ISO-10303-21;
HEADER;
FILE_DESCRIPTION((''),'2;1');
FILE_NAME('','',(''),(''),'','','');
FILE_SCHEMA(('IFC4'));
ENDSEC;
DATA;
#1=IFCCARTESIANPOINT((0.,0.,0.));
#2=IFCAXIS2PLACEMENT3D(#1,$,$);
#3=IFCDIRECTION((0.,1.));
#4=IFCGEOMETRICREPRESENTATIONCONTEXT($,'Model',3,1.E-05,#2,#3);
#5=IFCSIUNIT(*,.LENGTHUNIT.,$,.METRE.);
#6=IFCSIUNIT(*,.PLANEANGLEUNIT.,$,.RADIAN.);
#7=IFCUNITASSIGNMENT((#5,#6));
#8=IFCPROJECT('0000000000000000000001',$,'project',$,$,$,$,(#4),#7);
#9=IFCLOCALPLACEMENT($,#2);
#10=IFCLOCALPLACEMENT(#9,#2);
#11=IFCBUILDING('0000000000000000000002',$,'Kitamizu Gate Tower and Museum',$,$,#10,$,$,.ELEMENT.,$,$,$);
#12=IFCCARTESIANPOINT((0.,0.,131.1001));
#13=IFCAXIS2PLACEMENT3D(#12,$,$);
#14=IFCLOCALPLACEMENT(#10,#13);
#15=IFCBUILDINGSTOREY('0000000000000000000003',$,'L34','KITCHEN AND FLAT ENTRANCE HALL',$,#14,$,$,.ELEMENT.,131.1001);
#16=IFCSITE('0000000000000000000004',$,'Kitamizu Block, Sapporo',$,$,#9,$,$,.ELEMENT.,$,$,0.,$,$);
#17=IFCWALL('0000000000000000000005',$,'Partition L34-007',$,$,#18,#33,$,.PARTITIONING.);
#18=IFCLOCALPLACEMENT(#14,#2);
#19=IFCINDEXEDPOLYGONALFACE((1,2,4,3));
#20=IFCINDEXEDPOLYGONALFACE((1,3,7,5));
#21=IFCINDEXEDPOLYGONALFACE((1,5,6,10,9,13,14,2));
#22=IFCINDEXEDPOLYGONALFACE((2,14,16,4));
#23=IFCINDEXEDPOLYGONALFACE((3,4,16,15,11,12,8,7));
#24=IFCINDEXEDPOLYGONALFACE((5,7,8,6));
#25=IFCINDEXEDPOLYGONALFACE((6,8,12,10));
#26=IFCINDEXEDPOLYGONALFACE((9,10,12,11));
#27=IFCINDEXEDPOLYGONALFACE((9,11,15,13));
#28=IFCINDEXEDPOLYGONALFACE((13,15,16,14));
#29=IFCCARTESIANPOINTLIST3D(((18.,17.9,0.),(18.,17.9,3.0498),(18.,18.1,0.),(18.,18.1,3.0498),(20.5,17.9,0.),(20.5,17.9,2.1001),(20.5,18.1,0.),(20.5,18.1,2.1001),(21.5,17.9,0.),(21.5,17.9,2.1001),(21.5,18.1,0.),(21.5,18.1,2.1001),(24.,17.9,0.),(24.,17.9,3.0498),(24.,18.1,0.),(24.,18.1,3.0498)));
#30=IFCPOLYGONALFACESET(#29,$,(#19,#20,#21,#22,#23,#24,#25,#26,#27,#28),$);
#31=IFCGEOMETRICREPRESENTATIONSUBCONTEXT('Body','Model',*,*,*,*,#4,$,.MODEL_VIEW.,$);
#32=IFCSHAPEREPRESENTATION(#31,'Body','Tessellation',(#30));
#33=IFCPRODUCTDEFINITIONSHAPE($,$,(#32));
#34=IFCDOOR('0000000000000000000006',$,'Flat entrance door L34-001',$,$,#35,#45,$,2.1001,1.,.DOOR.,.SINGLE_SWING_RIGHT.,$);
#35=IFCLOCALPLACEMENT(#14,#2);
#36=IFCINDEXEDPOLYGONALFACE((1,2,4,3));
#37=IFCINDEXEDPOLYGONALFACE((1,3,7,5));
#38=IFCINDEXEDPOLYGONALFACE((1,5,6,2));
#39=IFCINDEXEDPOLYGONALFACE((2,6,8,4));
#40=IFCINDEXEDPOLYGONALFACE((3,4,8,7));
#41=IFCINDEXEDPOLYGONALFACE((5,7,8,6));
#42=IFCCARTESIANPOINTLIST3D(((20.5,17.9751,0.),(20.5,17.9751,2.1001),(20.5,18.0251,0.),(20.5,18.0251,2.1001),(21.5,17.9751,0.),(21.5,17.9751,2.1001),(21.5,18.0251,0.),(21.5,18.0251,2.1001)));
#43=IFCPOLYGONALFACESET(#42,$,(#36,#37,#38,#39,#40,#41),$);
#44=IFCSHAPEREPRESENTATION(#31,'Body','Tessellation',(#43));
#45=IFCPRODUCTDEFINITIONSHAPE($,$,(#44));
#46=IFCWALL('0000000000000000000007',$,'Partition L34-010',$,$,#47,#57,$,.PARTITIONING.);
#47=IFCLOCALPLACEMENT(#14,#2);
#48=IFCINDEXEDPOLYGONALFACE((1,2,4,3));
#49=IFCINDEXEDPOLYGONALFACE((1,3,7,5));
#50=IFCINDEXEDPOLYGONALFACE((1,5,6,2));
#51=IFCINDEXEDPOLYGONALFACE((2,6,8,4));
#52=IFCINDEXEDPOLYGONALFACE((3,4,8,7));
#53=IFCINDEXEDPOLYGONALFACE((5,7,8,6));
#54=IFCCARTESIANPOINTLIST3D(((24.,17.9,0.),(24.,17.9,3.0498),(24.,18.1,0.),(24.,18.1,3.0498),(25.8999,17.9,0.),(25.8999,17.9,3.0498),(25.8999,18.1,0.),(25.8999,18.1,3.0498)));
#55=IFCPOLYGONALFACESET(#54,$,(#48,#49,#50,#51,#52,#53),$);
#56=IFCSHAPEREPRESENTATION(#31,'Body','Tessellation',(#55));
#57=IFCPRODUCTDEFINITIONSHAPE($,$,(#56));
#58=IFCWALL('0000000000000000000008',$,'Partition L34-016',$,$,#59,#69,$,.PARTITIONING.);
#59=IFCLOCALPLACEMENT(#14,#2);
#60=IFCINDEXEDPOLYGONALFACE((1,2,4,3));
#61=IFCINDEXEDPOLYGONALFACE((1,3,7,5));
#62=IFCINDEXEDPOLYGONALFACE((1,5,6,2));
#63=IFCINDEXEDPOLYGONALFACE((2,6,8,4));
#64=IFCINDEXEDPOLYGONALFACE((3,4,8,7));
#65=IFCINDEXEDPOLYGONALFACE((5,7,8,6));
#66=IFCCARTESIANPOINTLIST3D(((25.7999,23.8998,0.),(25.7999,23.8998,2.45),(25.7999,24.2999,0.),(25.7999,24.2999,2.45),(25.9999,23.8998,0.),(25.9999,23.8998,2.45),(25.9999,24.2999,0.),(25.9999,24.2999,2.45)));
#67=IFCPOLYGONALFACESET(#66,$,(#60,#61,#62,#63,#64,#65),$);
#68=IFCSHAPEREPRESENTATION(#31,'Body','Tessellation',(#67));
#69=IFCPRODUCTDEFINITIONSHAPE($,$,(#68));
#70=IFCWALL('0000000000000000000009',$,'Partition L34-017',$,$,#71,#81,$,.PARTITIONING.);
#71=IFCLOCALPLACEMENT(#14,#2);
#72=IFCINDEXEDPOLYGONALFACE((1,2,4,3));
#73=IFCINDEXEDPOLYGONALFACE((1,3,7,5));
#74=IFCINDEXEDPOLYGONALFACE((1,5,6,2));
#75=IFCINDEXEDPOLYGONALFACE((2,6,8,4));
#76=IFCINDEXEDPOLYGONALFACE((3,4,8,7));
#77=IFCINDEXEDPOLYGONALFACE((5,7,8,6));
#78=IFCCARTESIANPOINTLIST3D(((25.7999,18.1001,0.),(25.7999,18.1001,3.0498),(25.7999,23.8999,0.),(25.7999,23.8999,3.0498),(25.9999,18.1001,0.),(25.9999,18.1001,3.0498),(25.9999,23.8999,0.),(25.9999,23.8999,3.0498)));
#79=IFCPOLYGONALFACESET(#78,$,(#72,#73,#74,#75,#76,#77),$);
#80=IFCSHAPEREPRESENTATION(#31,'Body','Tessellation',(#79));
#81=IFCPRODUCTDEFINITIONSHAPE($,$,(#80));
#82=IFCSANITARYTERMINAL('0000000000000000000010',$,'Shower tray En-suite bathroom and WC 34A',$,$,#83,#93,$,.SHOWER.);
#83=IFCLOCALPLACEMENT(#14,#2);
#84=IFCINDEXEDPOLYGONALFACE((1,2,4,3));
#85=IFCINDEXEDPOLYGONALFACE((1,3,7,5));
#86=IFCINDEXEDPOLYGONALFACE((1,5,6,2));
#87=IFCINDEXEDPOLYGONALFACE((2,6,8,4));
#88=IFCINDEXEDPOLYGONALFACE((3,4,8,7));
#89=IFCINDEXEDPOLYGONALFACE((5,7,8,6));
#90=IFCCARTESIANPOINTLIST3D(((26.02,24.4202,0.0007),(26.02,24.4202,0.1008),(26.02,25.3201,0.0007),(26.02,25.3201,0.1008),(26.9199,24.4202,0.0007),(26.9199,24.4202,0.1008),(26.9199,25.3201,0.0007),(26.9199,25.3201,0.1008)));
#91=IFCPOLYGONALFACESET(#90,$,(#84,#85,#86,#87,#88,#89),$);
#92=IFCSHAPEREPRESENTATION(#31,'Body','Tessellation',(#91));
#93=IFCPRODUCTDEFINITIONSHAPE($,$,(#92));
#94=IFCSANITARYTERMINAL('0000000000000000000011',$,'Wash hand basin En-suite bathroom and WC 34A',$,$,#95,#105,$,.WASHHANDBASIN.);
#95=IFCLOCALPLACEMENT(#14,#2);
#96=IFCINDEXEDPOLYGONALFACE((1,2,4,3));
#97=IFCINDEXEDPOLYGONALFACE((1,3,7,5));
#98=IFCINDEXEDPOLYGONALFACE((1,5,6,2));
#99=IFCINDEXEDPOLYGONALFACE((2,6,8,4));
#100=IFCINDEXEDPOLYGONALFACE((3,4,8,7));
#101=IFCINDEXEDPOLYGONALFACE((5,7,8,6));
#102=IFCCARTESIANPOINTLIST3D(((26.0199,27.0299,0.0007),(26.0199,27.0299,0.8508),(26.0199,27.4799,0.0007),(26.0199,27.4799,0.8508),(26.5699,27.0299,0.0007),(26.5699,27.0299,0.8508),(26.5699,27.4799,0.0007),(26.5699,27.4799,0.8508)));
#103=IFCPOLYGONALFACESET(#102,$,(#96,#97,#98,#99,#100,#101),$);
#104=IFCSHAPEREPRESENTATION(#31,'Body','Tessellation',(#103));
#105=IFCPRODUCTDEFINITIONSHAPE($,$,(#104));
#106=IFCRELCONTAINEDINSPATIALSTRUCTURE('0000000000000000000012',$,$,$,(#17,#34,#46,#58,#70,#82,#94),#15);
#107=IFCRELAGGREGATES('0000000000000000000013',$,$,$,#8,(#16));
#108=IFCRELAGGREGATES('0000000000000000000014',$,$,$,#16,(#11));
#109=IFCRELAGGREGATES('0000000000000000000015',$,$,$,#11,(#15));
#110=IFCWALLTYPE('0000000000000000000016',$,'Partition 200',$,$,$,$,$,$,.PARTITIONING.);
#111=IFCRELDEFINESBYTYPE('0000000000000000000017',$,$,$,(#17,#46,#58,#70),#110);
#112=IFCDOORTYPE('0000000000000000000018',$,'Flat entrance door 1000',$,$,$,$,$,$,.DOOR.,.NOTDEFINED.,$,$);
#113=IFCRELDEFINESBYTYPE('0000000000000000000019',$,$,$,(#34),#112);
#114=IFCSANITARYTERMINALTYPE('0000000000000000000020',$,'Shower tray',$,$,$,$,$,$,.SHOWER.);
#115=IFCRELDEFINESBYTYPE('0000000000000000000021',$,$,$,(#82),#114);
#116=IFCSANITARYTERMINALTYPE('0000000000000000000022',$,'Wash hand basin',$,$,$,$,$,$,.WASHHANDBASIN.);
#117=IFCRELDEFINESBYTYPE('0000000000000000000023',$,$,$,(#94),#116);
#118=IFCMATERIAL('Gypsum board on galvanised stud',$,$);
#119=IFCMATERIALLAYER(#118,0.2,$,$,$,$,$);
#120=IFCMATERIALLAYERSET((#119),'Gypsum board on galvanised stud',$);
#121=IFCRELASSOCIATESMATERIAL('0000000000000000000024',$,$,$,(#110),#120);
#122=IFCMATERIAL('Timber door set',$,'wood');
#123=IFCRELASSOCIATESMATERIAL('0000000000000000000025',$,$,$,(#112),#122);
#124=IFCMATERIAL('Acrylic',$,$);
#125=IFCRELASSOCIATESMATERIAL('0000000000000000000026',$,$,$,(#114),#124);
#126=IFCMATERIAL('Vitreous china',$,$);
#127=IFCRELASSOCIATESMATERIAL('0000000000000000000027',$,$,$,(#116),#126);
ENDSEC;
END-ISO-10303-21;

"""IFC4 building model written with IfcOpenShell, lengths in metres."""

from ifc_helpers import new_model, si_unit, direction, frame, frame_2d, origin, origin_2d, place, context, subcontext, project, spatial, rectangle, extrude, material, layer, layer_set, type_object, element, fill, save


model = new_model("IFC4")

# Units and contexts
model_context = context("Model", 3, precision=1e-05, world=origin(), true_north=direction((0.0, 1.0)))
body_context = subcontext(model_context, "Body", "Model", "MODEL_VIEW")
ifc_project = project(units=[si_unit("LENGTHUNIT", "METRE"), si_unit("PLANEANGLEUNIT", "RADIAN")], contexts=[model_context])

# Site, building, storey
site_placement = place(None, origin())
site = spatial("IfcSite", under=ifc_project, at=site_placement, Name="Kitamizu Block, Sapporo", CompositionType="ELEMENT", RefElevation=0.0)
building_placement = place(site_placement, origin())
building = spatial("IfcBuilding", under=site, at=building_placement, Name="Kitamizu Gate Tower and Museum", CompositionType="ELEMENT")
storey_placement = place(building_placement, frame((0.0, 0.0, 131.1001)))
storey = spatial("IfcBuildingStorey", under=building, at=storey_placement, Name="L34", Description="KITCHEN AND FLAT ENTRANCE HALL", CompositionType="ELEMENT", Elevation=131.1001)

# Wall, opening, door
ifc_material_1 = material(Name="Gypsum board on galvanised stud")
ifc_layer_1 = layer(ifc_material_1, 0.2)
ifc_layer_set_1 = layer_set([ifc_layer_1], Name="Gypsum board on galvanised stud")
wall_type_1 = type_object("IfcWallType", Name="Partition 200", PredefinedType="PARTITIONING", material=ifc_layer_set_1)
wall_1_placement = place(storey_placement, frame((24.0, 18.0, 0.0), z_axis=(0.0, 0.0, 1.0), x_axis=(-1.0, 0.0, 0.0)))
wall_1 = element("IfcWall", 1, at=wall_1_placement, inside=storey, type_object=wall_type_1, Name="Partition L34-007", PredefinedType="PARTITIONING", context=body_context, shape_type="SweptSolid", body=[
    extrude(rectangle(XDim=6.0, YDim=0.2, at=frame_2d((3.0, 0.0))), origin(), (0.0, 0.0, 1.0), 3.0498),
])
opening_1_placement = place(wall_1_placement, frame((2.5, 0.0, 0.0)))
opening_1 = element("IfcOpeningElement", 2, at=opening_1_placement, cuts=wall_1, PredefinedType="OPENING", context=body_context, shape_type="SweptSolid", body=[
    extrude(rectangle(XDim=1.0, YDim=2.1001, at=frame_2d((0.5, 1.05))), frame((0.0, 0.1099, 0.0), z_axis=(0.0, -1.0, 0.0), x_axis=(1.0, 0.0, 0.0)), (0.0, 0.0, 1.0), 0.22),
])
ifc_material_2 = material(Name="Timber door set", Category="wood")
door_type_1 = type_object("IfcDoorType", Name="Flat entrance door 1000", OperationType="NOTDEFINED", PredefinedType="DOOR", material=ifc_material_2)
door_1_placement = place(opening_1_placement, origin())
door_1 = element("IfcDoor", 3, at=door_1_placement, inside=storey, type_object=door_type_1, Name="Flat entrance door L34-001", OperationType="SINGLE_SWING_RIGHT", OverallHeight=2.1001, OverallWidth=1.0, PredefinedType="DOOR", context=body_context, shape_type="SweptSolid", body=[
    extrude(rectangle(XDim=1.0, YDim=2.1001, at=frame_2d((0.5, 1.05))), frame((0.0, 0.0249, 0.0), z_axis=(0.0, -1.0, 0.0), x_axis=(1.0, 0.0, 0.0)), (0.0, 0.0, 1.0), 0.05),
])
fill(opening_1, door_1)

# Walls
wall_2_placement = place(storey_placement, frame((25.8999, 18.0, 0.0), z_axis=(0.0, 0.0, 1.0), x_axis=(-1.0, 0.0, 0.0)))
element("IfcWall", 4, at=wall_2_placement, inside=storey, type_object=wall_type_1, Name="Partition L34-010", PredefinedType="PARTITIONING", context=body_context, shape_type="SweptSolid", body=[
    extrude(rectangle(XDim=1.8999, YDim=0.2, at=frame_2d((0.95, 0.0))), origin(), (0.0, 0.0, 1.0), 3.0498),
])
wall_3_placement = place(storey_placement, frame((25.8999, 24.3, 0.0), z_axis=(0.0, 0.0, 1.0), x_axis=(0.0, -1.0, 0.0)))
element("IfcWall", 5, at=wall_3_placement, inside=storey, type_object=wall_type_1, Name="Partition L34-016", PredefinedType="PARTITIONING", context=body_context, shape_type="SweptSolid", body=[
    extrude(rectangle(XDim=0.4001, YDim=0.2, at=frame_2d((0.2002, 0.0))), origin(), (0.0, 0.0, 1.0), 2.45),
])
wall_4_placement = place(storey_placement, frame((25.8999, 23.8999, 0.0), z_axis=(0.0, 0.0, 1.0), x_axis=(0.0, -1.0, 0.0)))
element("IfcWall", 6, at=wall_4_placement, inside=storey, type_object=wall_type_1, Name="Partition L34-017", PredefinedType="PARTITIONING", context=body_context, shape_type="SweptSolid", body=[
    extrude(rectangle(XDim=5.7998, YDim=0.2, at=frame_2d((2.8999, 0.0))), origin(), (0.0, 0.0, 1.0), 3.0498),
])

# Sanitary terminals
ifc_material_3 = material(Name="Acrylic")
sanitary_terminal_type_1 = type_object("IfcSanitaryTerminalType", Name="Shower tray", PredefinedType="SHOWER", material=ifc_material_3)
sanitary_terminal_1_placement = place(storey_placement, frame((26.47, 24.8701, 0.0007), z_axis=(0.0, 0.0, 1.0), x_axis=(1.0, 0.0, 0.0)))
element("IfcSanitaryTerminal", 7, at=sanitary_terminal_1_placement, inside=storey, type_object=sanitary_terminal_type_1, Name="Shower tray En-suite bathroom and WC 34A", PredefinedType="SHOWER", context=body_context, shape_type="SweptSolid", body=[
    extrude(rectangle(XDim=0.8999, YDim=0.8999, at=origin_2d()), origin(), (0.0, 0.0, 1.0), 0.1001),
])
ifc_material_4 = material(Name="Vitreous china")
sanitary_terminal_type_2 = type_object("IfcSanitaryTerminalType", Name="Wash hand basin", PredefinedType="WASHHANDBASIN", material=ifc_material_4)
sanitary_terminal_2_placement = place(storey_placement, frame((26.2949, 27.2549, 0.0007), z_axis=(0.0, 0.0, 1.0), x_axis=(1.0, 0.0, 0.0)))
element("IfcSanitaryTerminal", 8, at=sanitary_terminal_2_placement, inside=storey, type_object=sanitary_terminal_type_2, Name="Wash hand basin En-suite bathroom and WC 34A", PredefinedType="WASHHANDBASIN", context=body_context, shape_type="SweptSolid", body=[
    extrude(rectangle(XDim=0.55, YDim=0.45, at=origin_2d()), origin(), (0.0, 0.0, 1.0), 0.8501),
])

save(model, "model.ifc")
